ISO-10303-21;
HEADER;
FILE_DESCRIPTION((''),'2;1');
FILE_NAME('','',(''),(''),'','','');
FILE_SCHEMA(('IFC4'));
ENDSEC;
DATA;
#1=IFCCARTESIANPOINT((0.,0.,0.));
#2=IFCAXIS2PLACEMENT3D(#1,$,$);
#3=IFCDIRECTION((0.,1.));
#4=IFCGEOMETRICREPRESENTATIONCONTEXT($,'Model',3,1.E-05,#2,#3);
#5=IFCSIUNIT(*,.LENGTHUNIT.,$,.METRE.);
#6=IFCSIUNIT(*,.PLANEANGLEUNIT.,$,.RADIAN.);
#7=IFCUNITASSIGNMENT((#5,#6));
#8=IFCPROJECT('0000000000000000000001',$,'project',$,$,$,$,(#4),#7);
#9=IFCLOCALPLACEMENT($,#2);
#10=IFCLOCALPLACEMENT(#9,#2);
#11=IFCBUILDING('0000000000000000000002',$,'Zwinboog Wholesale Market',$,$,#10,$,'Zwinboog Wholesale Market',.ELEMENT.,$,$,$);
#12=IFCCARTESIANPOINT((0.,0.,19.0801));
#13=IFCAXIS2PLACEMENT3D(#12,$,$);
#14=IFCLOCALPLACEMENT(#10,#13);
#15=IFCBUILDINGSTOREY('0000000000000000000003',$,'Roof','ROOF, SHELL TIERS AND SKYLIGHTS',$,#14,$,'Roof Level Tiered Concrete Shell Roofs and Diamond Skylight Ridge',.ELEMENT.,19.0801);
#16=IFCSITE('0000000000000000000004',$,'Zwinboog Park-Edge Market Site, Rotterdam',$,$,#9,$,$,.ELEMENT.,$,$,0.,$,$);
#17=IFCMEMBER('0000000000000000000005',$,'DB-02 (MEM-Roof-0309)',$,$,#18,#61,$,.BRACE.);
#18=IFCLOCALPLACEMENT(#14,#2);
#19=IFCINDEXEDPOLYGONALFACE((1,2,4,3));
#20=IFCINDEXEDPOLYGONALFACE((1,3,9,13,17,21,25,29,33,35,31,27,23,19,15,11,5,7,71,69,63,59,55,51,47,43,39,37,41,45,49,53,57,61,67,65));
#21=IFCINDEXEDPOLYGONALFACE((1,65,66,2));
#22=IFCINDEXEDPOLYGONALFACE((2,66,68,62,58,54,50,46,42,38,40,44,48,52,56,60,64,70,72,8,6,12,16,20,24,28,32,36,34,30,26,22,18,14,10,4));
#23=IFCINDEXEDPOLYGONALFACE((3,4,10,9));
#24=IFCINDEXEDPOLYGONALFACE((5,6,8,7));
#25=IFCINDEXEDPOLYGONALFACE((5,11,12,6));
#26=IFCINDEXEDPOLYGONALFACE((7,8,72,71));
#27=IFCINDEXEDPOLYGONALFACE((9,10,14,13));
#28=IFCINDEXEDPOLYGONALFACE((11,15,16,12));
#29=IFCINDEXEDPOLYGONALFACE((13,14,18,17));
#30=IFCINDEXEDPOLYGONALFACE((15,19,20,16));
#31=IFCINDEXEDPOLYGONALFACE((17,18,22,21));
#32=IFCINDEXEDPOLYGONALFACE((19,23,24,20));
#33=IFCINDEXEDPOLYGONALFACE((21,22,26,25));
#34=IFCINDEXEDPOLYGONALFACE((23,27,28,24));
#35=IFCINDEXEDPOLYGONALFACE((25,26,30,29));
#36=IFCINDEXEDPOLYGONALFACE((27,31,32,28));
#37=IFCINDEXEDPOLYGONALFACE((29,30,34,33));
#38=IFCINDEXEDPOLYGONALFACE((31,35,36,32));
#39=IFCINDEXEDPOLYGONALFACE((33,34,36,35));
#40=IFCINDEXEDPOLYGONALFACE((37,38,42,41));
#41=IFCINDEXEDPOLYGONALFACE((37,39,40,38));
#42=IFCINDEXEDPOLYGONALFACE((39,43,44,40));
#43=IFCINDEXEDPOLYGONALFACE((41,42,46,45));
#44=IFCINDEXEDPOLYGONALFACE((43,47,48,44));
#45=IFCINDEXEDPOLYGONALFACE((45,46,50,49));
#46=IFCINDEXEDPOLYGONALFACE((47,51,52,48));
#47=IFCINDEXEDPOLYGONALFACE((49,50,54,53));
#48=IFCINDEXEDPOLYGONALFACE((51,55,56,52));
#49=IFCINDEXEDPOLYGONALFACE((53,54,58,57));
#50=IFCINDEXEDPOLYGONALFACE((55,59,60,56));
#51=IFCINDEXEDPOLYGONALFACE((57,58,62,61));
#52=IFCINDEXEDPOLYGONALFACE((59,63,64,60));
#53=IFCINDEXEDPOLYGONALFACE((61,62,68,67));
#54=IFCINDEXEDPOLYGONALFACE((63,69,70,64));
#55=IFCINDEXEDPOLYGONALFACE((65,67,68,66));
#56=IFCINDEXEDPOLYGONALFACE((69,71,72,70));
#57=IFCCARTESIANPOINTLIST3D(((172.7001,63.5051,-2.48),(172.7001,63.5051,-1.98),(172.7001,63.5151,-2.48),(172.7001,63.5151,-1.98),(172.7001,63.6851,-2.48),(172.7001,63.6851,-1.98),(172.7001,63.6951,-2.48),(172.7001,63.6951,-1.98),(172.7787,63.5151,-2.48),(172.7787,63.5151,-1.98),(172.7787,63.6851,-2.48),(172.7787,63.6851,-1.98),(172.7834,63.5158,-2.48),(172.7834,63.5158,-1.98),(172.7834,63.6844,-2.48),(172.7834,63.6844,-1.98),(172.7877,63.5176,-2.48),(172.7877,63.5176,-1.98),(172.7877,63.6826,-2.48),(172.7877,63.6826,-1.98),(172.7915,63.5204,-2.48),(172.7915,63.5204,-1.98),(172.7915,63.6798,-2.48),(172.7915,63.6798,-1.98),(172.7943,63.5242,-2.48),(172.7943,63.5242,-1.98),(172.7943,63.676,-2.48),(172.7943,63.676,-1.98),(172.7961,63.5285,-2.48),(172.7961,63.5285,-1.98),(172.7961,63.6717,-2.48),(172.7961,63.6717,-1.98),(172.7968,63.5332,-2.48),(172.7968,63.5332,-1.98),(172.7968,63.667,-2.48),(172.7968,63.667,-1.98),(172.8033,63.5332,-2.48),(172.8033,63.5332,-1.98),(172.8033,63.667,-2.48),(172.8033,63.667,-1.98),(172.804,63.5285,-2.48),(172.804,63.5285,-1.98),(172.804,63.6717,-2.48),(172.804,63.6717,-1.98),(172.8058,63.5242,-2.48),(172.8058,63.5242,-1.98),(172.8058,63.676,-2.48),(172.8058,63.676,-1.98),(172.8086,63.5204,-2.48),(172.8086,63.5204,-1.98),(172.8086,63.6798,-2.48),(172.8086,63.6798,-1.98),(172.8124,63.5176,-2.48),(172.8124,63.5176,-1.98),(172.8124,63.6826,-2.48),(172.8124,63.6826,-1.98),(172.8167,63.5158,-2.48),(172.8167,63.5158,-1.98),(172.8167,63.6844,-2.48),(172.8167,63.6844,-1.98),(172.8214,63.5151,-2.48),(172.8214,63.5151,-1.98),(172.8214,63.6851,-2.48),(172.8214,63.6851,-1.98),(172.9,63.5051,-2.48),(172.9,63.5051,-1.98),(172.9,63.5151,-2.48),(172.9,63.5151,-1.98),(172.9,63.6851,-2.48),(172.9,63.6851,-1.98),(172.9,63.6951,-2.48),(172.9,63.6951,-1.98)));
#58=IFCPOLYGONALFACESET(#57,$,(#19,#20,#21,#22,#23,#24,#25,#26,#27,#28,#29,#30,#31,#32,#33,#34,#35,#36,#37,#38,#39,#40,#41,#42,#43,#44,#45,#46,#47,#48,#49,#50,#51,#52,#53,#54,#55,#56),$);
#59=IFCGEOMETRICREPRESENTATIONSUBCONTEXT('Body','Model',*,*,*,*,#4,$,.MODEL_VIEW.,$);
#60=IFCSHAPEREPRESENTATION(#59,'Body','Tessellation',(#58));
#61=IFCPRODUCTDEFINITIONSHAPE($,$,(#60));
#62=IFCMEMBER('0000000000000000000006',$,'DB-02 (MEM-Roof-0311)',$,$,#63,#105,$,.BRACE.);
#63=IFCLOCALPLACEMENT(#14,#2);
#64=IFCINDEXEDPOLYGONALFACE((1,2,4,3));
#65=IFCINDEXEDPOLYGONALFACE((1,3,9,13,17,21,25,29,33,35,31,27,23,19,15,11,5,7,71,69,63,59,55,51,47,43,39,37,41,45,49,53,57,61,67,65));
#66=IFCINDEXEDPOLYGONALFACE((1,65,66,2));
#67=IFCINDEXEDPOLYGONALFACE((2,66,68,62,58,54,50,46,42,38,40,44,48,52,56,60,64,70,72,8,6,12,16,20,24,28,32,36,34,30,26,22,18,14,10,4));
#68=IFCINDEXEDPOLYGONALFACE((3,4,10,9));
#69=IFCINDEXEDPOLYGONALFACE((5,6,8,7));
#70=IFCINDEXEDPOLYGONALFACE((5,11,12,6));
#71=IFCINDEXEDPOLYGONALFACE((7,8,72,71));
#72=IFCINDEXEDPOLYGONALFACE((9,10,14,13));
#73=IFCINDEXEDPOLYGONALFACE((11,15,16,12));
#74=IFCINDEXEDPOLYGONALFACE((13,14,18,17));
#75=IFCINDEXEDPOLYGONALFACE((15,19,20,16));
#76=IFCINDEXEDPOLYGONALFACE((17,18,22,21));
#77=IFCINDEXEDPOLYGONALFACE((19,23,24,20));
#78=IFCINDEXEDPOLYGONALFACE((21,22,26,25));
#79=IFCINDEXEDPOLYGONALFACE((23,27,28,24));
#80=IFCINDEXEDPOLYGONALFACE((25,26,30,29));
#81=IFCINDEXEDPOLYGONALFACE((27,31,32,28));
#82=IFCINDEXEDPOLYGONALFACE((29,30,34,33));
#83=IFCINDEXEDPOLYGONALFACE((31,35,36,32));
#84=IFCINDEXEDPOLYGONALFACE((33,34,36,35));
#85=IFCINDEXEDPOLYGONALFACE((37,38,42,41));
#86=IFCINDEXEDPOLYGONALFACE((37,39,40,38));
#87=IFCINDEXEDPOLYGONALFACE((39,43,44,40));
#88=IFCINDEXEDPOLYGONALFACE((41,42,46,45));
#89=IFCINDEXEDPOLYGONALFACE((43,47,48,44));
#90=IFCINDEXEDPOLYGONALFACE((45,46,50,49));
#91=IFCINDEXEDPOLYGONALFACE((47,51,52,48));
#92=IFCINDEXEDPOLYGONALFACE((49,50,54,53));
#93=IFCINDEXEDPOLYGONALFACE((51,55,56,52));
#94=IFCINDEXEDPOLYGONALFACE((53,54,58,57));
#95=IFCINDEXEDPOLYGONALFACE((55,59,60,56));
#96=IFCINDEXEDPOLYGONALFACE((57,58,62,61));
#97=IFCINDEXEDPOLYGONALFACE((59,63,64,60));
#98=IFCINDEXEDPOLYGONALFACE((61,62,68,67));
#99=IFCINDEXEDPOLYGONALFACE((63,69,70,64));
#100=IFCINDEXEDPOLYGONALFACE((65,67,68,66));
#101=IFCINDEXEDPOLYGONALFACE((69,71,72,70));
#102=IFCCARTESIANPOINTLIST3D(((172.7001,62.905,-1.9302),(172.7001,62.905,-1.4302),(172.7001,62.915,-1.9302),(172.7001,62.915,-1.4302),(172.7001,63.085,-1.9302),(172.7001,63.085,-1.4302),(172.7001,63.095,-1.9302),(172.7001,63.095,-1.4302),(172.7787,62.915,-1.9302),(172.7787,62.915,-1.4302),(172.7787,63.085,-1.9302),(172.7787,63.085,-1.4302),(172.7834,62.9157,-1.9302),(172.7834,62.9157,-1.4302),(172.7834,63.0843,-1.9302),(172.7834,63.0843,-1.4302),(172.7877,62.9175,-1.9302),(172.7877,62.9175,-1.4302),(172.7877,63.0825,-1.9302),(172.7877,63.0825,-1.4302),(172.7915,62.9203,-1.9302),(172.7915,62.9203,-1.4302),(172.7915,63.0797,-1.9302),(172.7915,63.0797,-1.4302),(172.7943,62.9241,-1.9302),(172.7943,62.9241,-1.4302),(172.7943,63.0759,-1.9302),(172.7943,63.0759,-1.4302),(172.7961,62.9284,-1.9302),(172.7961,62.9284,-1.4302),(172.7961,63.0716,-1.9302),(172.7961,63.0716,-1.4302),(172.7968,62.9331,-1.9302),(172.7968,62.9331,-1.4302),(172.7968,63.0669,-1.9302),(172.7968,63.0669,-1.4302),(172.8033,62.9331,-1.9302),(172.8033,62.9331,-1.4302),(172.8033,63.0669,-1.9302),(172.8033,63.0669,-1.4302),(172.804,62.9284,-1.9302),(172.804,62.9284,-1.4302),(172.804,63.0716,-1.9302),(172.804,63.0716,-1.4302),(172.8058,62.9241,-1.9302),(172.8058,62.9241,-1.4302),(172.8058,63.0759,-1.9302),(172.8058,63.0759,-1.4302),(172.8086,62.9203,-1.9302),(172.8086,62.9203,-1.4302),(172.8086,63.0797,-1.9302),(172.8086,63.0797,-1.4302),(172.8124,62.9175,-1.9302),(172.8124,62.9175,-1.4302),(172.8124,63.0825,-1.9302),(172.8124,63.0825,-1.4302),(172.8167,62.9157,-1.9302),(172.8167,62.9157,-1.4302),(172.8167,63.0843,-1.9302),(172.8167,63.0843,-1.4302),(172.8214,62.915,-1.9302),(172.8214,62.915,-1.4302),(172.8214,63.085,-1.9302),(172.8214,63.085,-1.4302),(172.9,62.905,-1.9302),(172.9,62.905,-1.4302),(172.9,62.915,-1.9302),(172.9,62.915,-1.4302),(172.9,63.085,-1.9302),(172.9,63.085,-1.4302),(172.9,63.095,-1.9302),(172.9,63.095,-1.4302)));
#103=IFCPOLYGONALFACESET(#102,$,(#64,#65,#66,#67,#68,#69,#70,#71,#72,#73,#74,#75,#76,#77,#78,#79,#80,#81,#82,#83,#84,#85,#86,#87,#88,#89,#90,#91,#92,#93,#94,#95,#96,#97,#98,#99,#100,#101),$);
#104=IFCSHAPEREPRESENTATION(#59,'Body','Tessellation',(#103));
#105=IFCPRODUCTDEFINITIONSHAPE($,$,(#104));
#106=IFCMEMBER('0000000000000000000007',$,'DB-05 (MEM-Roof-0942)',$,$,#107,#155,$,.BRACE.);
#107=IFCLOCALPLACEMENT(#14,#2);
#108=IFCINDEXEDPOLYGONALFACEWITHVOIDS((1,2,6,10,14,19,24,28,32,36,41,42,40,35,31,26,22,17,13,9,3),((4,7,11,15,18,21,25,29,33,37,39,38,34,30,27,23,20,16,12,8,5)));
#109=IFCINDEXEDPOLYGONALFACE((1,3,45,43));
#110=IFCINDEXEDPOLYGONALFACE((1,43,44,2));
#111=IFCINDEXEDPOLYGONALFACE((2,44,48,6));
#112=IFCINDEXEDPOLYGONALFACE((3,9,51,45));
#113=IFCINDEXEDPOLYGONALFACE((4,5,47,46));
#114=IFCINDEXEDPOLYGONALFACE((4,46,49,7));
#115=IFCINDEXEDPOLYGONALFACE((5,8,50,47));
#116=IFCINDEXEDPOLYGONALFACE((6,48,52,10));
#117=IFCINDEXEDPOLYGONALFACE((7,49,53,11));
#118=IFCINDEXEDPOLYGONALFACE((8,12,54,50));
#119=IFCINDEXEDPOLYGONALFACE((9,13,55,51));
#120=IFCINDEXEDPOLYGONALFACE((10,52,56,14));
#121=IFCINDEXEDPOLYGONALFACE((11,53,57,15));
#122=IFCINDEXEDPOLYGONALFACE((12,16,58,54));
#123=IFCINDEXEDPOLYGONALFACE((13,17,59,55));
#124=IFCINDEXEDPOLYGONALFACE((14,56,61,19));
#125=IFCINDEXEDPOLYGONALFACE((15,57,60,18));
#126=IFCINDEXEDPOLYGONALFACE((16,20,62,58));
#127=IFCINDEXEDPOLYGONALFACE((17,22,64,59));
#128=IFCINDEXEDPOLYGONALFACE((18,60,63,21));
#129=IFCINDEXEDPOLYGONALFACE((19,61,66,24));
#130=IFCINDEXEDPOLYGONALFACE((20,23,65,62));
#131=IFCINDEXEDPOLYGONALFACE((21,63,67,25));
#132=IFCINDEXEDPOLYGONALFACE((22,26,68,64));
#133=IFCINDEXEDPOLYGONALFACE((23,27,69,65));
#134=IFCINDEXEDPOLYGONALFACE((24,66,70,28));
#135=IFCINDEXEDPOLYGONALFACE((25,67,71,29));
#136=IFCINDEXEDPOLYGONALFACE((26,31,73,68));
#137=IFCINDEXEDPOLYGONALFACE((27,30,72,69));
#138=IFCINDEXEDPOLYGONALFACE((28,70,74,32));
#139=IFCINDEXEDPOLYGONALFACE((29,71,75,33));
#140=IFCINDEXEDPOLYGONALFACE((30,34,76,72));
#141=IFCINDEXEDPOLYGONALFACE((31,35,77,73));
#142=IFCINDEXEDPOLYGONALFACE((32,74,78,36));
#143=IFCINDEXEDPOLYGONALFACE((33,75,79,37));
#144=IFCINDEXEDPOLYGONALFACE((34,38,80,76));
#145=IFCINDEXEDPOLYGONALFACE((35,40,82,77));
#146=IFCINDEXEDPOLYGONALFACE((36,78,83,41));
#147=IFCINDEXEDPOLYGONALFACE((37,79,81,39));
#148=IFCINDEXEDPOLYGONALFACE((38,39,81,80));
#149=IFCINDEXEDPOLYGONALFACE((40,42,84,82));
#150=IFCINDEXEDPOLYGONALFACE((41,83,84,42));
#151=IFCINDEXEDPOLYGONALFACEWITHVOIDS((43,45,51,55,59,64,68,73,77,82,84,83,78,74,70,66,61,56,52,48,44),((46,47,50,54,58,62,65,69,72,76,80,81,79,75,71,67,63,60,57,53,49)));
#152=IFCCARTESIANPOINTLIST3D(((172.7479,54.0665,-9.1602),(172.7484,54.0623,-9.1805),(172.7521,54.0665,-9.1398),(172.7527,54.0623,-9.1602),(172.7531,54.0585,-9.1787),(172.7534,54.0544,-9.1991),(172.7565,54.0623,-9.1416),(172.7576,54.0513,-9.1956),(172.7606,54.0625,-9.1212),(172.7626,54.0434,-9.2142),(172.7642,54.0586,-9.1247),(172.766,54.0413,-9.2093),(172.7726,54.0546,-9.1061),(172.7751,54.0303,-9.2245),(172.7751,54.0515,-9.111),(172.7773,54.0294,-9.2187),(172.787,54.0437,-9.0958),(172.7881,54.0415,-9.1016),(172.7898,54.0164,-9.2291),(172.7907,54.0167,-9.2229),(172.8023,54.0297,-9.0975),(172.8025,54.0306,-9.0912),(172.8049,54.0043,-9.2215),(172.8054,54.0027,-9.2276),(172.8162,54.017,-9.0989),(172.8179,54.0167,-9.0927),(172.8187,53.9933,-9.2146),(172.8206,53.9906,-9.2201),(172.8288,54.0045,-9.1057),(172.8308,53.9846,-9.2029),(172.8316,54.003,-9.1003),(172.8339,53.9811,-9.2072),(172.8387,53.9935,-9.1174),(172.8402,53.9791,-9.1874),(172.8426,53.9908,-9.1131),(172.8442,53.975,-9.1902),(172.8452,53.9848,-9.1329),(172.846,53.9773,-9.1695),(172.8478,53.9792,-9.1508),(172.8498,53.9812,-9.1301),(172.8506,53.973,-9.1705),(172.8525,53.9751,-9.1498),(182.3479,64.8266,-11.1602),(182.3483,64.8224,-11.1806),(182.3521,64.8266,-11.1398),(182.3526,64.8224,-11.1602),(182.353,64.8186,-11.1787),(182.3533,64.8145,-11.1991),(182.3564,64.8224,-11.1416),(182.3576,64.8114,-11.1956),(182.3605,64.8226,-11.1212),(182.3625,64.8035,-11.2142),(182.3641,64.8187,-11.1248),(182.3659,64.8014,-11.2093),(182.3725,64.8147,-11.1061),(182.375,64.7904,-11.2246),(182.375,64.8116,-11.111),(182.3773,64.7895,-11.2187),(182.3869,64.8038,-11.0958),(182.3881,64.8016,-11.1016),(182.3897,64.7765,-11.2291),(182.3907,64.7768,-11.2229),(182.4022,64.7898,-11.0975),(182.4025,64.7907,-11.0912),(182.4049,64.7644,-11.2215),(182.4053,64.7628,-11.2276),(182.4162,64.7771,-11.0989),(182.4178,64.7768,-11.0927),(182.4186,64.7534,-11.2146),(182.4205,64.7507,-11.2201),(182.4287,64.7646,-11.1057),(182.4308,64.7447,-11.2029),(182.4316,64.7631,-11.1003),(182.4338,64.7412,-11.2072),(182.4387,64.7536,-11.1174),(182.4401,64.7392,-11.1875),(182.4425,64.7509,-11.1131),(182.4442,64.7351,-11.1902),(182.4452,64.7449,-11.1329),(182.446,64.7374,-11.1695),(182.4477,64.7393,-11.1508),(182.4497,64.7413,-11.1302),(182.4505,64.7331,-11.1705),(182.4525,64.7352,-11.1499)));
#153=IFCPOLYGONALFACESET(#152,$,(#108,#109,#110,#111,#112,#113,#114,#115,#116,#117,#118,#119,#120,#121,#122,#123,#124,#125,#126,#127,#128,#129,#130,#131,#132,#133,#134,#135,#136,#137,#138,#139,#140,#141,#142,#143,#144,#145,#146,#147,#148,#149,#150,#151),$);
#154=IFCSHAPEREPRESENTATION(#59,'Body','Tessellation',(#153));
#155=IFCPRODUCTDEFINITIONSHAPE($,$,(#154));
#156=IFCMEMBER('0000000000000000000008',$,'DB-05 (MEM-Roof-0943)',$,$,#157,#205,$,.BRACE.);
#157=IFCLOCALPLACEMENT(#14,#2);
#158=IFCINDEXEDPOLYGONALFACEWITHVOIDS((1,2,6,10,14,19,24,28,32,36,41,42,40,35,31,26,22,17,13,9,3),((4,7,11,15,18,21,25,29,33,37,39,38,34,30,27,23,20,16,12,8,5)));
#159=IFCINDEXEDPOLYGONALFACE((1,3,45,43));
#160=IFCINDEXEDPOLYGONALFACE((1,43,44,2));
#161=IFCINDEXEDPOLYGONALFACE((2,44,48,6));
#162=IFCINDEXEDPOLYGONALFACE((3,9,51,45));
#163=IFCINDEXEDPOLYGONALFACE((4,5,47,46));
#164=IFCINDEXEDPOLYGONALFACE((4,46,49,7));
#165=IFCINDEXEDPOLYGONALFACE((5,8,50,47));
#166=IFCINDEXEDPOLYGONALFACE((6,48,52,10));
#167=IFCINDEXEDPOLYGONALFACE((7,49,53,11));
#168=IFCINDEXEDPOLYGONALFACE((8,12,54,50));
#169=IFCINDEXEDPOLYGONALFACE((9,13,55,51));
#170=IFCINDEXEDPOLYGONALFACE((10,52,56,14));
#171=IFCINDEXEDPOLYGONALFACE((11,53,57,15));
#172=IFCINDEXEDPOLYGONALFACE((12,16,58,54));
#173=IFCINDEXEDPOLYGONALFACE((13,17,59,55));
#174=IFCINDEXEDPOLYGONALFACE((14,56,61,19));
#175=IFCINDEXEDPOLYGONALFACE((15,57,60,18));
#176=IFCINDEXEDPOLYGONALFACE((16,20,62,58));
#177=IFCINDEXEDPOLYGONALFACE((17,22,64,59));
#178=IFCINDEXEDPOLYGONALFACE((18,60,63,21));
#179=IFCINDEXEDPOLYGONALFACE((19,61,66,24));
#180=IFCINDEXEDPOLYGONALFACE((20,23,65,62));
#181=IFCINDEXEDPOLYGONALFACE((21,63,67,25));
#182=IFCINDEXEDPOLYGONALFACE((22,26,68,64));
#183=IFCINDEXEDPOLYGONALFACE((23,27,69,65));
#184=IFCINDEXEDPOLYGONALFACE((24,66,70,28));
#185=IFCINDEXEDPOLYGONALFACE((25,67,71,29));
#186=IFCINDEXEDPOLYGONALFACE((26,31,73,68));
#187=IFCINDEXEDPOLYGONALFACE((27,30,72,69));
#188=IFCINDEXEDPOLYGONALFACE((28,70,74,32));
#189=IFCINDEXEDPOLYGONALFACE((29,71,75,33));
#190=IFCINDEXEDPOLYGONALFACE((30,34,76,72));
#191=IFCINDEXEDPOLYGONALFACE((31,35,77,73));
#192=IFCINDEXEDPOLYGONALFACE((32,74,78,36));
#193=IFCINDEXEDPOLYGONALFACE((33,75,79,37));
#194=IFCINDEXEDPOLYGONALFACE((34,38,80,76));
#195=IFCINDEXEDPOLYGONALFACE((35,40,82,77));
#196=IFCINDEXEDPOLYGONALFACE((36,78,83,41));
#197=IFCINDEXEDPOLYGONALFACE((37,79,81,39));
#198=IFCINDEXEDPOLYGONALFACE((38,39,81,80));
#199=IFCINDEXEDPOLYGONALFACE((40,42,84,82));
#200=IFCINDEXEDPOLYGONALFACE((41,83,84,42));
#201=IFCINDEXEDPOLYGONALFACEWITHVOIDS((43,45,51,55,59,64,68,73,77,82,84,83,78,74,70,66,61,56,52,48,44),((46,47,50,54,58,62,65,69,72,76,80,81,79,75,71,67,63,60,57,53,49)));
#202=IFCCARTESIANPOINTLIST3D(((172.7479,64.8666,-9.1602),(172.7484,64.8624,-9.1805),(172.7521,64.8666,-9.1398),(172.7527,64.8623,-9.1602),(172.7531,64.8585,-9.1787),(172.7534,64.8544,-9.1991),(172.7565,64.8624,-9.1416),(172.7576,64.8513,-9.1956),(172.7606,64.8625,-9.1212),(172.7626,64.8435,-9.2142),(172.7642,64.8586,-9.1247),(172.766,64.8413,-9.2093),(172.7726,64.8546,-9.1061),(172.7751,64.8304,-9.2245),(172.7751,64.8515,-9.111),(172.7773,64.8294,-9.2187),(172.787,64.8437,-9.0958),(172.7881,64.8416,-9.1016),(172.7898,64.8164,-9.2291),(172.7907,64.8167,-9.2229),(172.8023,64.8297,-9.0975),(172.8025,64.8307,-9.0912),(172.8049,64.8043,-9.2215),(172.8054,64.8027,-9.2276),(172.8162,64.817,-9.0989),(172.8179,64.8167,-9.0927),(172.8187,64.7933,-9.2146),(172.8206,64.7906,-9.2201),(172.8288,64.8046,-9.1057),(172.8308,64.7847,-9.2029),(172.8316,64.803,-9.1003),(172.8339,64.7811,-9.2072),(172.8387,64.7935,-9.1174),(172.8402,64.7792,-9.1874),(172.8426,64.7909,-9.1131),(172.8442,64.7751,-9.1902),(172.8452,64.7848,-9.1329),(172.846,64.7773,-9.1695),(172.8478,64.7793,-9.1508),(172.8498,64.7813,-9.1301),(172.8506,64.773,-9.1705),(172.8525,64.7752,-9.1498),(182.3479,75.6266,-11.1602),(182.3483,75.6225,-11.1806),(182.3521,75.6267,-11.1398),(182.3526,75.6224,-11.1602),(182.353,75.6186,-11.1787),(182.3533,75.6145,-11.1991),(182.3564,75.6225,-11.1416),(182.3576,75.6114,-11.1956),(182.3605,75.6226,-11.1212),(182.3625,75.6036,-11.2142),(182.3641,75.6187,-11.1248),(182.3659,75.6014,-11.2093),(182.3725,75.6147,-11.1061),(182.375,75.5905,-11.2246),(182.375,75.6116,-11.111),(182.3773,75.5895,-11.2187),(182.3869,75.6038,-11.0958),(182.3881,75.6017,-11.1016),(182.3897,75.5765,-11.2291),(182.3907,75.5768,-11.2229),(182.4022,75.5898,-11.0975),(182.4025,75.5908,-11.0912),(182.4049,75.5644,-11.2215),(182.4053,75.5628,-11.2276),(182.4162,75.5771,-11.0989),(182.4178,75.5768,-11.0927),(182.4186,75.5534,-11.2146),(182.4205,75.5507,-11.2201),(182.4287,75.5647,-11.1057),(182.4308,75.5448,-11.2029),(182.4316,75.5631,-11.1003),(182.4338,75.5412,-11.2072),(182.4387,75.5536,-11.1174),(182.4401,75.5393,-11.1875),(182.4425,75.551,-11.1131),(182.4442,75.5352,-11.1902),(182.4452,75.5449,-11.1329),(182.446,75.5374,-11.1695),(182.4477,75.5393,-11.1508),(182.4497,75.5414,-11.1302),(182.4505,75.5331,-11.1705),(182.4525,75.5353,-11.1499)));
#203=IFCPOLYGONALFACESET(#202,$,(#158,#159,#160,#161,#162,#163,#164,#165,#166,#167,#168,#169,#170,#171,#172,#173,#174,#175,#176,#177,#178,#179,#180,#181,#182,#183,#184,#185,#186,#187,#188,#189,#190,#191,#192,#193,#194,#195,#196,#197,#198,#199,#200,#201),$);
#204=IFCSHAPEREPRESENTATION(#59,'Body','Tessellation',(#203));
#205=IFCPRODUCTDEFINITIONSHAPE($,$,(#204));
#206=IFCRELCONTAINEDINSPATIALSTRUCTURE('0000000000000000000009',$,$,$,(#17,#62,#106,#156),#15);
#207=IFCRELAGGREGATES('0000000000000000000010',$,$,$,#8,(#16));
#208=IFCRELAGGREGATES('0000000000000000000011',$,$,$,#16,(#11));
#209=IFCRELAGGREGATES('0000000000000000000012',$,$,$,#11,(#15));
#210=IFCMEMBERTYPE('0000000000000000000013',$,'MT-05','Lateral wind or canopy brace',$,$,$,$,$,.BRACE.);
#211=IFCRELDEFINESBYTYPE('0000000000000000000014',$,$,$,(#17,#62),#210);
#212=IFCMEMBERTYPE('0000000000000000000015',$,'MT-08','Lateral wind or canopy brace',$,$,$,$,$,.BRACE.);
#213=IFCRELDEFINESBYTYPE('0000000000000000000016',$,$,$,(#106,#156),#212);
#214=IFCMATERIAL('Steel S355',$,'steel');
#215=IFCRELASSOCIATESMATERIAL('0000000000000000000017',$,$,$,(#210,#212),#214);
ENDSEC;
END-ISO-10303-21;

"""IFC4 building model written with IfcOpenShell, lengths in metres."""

from ifc_helpers import new_model, si_unit, direction, frame, origin, origin_2d, place, context, subcontext, project, spatial, hollow_circle, i_section, extrude, material, material_profile, profile_set, type_object, element, save


model = new_model("IFC4")

# Units and contexts
model_context = context("Model", 3, precision=1e-05, world=origin(), true_north=direction((0.0, 1.0)))
body_context = subcontext(model_context, "Body", "Model", "MODEL_VIEW")
ifc_project = project(units=[si_unit("LENGTHUNIT", "METRE"), si_unit("PLANEANGLEUNIT", "RADIAN")], contexts=[model_context])

# Site, building, storey
site_placement = place(None, origin())
site = spatial("IfcSite", under=ifc_project, at=site_placement, Name="Zwinboog Park-Edge Market Site, Rotterdam", CompositionType="ELEMENT", RefElevation=0.0)
building_placement = place(site_placement, origin())
building = spatial("IfcBuilding", under=site, at=building_placement, Name="Zwinboog Wholesale Market", LongName="Zwinboog Wholesale Market", CompositionType="ELEMENT")
storey_placement = place(building_placement, frame((0.0, 0.0, 19.0801)))
storey = spatial("IfcBuildingStorey", under=building, at=storey_placement, Name="Roof", Description="ROOF, SHELL TIERS AND SKYLIGHTS", LongName="Roof Level Tiered Concrete Shell Roofs and Diamond Skylight Ridge", CompositionType="ELEMENT", Elevation=19.0801)

# Shared definitions
ifc_material_1 = material(Name="Steel S355", Category="steel")

# Members
ifc_material_profile_1 = material_profile(ifc_material_1, i_section(OverallWidth=0.2, OverallDepth=0.1899, WebThickness=0.0066, FlangeThickness=0.01, FilletRadius=0.0181, at=origin_2d()), Name="HEA 200")
ifc_profile_set_1 = profile_set([ifc_material_profile_1], Name="Steel S355")
member_type_1 = type_object("IfcMemberType", Name="MT-05", Description="Lateral wind or canopy brace", PredefinedType="BRACE", material=ifc_profile_set_1)
for number, where, z_axis, x_axis, name in (
    (1, (172.8, 63.6001, -2.48), (0.0, 0.0, 1.0), (1.0, 0.0, 0.0), "DB-02 (MEM-Roof-0309)"),
    (2, (172.8, 63.0, -1.9302), (0.0, 0.0, 1.0), (1.0, 0.0, 0.0), "DB-02 (MEM-Roof-0311)"),
):
    element("IfcMember", number, at=place(storey_placement, frame(where, z_axis=z_axis, x_axis=x_axis)), inside=storey, type_object=member_type_1, Name=name, PredefinedType="BRACE", context=body_context, shape_type="SweptSolid", body=[
        extrude(i_section(OverallWidth=0.2, OverallDepth=0.1899, WebThickness=0.0066, FlangeThickness=0.01, FilletRadius=0.0181, at=origin_2d()), origin(), (0.0, 0.0, 1.0), 0.5),
    ])
ifc_material_profile_2 = material_profile(ifc_material_1, hollow_circle(Radius=0.0698, WallThickness=0.0063, at=origin_2d()), Name="CHS 139.7x6.3")
ifc_profile_set_2 = profile_set([ifc_material_profile_2], Name="Steel S355")
member_type_2 = type_object("IfcMemberType", Name="MT-08", Description="Lateral wind or canopy brace", PredefinedType="BRACE", material=ifc_profile_set_2)
for number, where, z_axis, x_axis, name in (
    (3, (172.8, 54.02, -9.1602), (0.659422, 0.739114, -0.137382), (-0.746189, 0.665734, 0.0), "DB-05 (MEM-Roof-0942)"),
    (4, (172.8, 64.8201, -9.1602), (0.659422, 0.739114, -0.137382), (-0.746189, 0.665734, 0.0), "DB-05 (MEM-Roof-0943)"),
):
    element("IfcMember", number, at=place(storey_placement, frame(where, z_axis=z_axis, x_axis=x_axis)), inside=storey, type_object=member_type_2, Name=name, PredefinedType="BRACE", context=body_context, shape_type="SweptSolid", body=[
        extrude(hollow_circle(Radius=0.0698, WallThickness=0.0063, at=origin_2d()), origin(), (0.0, 0.0, 1.0), 14.5581),
    ])

save(model, "model.ifc")
